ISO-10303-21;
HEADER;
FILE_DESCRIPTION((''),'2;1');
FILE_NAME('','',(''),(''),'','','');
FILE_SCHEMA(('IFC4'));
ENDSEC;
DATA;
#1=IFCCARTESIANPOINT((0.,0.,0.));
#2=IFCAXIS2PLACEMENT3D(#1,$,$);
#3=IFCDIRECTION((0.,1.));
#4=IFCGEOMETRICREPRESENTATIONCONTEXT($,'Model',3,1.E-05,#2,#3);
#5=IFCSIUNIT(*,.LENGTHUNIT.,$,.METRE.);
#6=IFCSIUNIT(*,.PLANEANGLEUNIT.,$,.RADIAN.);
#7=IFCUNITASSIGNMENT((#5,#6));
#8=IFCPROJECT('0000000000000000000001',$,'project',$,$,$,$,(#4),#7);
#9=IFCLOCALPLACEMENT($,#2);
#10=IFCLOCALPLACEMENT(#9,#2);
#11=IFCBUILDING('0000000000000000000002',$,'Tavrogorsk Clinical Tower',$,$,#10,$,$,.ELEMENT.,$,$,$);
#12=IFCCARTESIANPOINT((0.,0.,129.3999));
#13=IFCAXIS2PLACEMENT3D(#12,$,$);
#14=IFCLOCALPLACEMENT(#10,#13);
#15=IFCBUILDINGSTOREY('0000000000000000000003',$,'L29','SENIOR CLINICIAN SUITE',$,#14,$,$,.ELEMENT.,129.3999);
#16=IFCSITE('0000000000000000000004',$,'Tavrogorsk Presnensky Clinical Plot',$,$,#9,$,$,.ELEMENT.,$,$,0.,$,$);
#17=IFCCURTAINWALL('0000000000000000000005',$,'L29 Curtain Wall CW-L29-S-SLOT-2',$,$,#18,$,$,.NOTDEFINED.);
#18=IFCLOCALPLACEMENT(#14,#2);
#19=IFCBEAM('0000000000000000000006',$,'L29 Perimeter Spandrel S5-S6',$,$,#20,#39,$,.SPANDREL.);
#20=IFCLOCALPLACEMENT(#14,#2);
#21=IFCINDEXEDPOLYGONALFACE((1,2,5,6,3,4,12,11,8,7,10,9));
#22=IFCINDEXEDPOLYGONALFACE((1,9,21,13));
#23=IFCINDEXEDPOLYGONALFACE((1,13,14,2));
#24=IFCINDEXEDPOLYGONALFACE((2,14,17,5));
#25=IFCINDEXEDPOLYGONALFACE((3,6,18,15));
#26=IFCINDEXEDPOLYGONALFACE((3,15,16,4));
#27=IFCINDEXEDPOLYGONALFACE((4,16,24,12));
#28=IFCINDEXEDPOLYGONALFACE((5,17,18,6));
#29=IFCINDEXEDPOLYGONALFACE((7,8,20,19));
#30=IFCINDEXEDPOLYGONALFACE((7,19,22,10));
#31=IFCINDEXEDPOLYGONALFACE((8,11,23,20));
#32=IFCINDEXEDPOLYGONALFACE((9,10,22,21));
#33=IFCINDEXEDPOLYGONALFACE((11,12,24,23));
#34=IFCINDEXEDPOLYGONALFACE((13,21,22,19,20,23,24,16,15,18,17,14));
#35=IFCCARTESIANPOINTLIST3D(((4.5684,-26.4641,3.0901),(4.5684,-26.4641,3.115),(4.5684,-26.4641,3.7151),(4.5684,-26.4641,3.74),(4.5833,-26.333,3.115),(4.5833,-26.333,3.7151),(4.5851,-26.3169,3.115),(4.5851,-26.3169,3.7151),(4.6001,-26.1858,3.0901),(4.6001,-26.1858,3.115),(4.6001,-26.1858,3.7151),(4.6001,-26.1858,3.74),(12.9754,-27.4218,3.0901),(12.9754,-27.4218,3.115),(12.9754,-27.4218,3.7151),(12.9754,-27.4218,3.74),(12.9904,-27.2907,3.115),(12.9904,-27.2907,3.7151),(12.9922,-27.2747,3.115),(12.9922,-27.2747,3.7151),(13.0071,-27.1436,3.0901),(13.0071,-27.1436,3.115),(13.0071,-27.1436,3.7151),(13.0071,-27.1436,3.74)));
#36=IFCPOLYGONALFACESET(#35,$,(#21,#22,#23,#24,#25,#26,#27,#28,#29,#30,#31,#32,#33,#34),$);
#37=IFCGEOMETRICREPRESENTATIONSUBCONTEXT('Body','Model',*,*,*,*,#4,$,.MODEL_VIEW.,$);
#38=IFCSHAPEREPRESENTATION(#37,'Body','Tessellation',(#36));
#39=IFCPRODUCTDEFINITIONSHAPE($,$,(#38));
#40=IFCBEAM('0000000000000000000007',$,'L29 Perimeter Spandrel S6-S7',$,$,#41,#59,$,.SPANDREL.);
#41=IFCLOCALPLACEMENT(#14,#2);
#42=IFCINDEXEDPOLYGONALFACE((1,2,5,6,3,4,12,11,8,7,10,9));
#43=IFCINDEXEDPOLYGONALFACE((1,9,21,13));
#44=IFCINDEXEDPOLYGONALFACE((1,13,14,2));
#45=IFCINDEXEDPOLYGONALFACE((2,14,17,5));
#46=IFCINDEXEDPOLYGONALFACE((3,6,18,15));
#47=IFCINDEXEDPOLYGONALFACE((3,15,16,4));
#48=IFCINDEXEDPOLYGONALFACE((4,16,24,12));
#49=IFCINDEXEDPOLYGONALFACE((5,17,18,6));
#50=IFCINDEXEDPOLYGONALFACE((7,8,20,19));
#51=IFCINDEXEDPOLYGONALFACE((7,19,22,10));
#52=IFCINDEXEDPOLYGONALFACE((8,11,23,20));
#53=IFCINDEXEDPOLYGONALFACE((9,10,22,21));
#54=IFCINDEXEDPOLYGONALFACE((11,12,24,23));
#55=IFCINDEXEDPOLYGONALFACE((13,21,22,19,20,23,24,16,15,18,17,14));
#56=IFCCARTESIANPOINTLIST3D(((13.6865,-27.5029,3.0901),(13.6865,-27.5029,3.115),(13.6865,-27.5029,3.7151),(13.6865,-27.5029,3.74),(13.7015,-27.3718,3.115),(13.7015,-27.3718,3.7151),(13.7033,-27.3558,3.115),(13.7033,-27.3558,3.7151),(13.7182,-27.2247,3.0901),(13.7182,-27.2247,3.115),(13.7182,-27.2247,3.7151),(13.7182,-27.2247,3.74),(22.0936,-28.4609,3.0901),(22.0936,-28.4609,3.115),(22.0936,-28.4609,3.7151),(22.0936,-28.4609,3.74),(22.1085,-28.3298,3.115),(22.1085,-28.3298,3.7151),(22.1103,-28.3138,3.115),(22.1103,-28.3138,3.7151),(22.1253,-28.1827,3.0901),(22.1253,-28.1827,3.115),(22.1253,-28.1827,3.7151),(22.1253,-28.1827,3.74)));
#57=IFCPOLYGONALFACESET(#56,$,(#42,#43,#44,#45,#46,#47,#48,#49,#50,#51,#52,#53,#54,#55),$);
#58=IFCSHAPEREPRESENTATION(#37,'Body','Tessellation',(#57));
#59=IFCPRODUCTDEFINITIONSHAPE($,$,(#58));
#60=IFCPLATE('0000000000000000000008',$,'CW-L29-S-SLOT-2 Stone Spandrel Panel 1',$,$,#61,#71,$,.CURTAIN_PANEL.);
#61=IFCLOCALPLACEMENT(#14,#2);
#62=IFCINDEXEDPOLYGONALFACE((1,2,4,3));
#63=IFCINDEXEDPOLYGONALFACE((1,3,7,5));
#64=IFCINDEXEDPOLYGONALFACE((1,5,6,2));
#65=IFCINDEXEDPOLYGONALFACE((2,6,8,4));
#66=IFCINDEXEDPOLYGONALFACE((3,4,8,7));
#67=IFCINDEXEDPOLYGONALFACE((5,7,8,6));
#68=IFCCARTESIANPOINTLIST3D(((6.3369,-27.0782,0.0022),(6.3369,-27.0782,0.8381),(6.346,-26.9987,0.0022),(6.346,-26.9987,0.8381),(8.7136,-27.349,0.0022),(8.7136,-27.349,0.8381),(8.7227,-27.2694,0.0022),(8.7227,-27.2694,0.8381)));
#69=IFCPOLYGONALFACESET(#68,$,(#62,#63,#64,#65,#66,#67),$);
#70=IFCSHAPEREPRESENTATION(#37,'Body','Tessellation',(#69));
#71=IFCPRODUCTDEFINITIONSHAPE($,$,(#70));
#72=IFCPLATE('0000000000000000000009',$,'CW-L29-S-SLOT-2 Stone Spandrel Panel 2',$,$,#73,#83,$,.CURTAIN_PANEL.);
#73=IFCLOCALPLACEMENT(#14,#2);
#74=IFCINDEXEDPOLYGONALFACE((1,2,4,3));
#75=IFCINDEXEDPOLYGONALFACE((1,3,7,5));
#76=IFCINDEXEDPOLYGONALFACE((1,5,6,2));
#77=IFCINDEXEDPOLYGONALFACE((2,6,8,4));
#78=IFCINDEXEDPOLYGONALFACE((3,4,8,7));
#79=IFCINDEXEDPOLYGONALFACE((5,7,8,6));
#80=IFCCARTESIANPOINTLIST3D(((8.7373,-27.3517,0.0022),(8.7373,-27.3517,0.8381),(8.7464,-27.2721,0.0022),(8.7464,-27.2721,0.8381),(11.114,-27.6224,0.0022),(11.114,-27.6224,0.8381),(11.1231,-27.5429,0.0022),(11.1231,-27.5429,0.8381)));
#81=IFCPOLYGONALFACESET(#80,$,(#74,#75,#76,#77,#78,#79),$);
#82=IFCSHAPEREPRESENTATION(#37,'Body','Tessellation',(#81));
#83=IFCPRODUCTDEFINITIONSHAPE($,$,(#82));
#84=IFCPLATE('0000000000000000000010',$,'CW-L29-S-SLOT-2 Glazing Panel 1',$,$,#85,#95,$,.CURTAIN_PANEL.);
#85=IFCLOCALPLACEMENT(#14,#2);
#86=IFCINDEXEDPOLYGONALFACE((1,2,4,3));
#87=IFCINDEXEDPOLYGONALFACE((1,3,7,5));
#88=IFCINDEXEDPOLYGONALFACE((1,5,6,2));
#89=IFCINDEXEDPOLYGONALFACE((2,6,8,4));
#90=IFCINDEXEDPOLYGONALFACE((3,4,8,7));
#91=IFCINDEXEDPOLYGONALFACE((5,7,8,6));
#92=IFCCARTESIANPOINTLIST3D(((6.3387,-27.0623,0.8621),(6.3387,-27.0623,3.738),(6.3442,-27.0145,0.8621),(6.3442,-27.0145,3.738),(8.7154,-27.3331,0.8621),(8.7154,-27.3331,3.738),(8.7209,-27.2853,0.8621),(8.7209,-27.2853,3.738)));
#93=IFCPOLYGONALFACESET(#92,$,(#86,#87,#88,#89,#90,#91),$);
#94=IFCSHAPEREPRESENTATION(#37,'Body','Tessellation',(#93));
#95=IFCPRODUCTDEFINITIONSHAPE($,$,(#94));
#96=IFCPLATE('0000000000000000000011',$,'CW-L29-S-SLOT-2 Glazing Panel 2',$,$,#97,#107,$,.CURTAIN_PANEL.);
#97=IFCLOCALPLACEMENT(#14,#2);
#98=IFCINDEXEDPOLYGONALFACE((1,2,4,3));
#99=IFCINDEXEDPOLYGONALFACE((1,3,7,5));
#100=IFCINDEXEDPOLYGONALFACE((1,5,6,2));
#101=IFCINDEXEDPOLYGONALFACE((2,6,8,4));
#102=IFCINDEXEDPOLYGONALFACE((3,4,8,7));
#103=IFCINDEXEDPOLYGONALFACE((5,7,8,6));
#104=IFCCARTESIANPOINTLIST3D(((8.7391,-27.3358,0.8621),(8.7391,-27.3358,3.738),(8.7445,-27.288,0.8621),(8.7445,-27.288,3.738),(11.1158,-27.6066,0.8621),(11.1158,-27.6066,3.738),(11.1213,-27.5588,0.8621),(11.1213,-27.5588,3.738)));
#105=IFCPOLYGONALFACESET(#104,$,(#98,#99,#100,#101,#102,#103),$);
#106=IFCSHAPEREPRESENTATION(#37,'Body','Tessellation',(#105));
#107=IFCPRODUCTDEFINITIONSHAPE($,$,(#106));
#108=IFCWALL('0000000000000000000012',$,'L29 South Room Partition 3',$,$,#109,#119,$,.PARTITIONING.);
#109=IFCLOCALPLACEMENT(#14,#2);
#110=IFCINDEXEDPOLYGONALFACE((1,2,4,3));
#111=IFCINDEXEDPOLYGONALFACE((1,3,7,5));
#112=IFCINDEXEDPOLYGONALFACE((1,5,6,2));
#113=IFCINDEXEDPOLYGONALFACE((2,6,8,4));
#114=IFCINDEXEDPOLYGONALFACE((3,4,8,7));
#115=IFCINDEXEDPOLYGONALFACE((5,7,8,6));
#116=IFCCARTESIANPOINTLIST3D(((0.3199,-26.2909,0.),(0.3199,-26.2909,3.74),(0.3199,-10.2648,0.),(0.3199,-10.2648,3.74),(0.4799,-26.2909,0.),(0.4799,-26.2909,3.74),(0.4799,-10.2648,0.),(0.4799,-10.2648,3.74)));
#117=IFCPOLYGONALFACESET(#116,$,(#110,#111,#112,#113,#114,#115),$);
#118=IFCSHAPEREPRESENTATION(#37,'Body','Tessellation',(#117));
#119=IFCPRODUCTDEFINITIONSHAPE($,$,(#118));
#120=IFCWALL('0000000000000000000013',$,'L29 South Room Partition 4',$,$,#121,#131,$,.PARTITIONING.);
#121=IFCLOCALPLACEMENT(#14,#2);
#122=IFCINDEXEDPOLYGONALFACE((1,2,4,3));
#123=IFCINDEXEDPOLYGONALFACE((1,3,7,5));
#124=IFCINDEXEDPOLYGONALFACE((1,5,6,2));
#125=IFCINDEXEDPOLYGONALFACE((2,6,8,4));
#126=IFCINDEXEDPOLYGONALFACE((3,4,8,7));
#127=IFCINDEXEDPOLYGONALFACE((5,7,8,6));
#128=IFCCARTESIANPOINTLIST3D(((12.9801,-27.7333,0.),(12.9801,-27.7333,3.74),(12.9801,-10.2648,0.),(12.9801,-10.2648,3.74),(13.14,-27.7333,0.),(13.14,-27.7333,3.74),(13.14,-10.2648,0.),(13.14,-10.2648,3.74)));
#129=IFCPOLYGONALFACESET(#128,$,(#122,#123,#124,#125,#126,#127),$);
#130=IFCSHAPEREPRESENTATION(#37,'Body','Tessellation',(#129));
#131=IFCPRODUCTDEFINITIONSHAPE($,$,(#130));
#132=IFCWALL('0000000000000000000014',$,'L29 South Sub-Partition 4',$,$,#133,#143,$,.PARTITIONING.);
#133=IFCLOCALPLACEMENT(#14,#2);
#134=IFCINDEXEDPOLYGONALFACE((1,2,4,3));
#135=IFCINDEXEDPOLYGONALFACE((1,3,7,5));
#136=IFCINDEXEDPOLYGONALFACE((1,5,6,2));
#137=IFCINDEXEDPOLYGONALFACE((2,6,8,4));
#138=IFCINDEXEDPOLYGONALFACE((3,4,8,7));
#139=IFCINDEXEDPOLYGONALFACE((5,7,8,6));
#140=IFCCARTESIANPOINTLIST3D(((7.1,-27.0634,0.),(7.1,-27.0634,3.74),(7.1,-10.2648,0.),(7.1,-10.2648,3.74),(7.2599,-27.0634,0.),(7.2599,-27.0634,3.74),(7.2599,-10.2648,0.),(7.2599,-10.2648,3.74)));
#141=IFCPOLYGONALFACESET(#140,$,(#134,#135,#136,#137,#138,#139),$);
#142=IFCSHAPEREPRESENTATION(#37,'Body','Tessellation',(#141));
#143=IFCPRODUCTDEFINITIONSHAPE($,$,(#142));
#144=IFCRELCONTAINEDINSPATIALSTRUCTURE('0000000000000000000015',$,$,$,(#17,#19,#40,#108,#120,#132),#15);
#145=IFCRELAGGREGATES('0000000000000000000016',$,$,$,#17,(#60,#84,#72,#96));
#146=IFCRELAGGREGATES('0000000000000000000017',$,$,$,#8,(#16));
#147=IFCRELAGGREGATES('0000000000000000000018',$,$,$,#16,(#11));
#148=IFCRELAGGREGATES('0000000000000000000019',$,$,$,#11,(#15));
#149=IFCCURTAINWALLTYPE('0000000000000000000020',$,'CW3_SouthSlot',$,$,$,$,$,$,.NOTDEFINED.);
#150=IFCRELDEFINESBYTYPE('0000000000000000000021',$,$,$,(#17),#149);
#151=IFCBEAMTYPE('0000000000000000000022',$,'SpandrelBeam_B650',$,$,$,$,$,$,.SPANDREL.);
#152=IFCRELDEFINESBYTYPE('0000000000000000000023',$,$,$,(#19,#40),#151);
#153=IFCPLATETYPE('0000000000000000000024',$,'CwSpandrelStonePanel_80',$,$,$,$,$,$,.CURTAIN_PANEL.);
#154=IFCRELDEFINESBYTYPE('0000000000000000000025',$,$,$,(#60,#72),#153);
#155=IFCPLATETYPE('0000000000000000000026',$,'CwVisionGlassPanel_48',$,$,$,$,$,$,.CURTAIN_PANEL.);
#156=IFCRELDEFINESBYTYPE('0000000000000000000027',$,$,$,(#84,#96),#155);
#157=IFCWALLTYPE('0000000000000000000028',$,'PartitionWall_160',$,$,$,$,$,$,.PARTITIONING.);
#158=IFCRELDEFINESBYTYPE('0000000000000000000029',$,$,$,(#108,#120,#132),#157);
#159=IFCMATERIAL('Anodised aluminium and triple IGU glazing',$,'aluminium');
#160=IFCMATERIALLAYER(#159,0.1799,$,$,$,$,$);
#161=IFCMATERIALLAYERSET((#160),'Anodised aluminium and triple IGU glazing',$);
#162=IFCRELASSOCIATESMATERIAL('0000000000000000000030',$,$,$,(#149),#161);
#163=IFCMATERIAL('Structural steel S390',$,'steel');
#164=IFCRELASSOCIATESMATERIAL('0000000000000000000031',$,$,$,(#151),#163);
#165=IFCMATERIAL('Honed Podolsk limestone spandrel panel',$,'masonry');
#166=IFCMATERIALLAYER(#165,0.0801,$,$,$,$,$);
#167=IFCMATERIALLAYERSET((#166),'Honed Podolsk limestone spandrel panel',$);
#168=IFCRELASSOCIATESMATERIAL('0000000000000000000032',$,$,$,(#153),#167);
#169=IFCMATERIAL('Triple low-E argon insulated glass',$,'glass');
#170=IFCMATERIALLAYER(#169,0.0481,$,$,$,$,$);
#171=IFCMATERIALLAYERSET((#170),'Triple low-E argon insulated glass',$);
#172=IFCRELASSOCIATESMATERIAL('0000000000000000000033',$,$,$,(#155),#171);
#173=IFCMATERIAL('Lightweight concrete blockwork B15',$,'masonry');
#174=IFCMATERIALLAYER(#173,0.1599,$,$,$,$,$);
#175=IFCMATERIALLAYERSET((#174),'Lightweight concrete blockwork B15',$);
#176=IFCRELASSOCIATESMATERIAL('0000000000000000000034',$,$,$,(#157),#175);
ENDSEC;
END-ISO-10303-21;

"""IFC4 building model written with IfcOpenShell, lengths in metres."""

from ifc_helpers import new_model, si_unit, direction, frame, frame_2d, origin, origin_2d, place, context, subcontext, project, spatial, rectangle, i_section, extrude, material, layer, layer_set, material_profile, profile_set, type_object, element, aggregate, save


model = new_model("IFC4")

# Units and contexts
model_context = context("Model", 3, precision=1e-05, world=origin(), true_north=direction((0.0, 1.0)))
body_context = subcontext(model_context, "Body", "Model", "MODEL_VIEW")
ifc_project = project(units=[si_unit("LENGTHUNIT", "METRE"), si_unit("PLANEANGLEUNIT", "RADIAN")], contexts=[model_context])

# Site, building, storey
site_placement = place(None, origin())
site = spatial("IfcSite", under=ifc_project, at=site_placement, Name="Tavrogorsk Presnensky Clinical Plot", CompositionType="ELEMENT", RefElevation=0.0)
building_placement = place(site_placement, origin())
building = spatial("IfcBuilding", under=site, at=building_placement, Name="Tavrogorsk Clinical Tower", CompositionType="ELEMENT")
storey_placement = place(building_placement, frame((0.0, 0.0, 129.3999)))
storey = spatial("IfcBuildingStorey", under=building, at=storey_placement, Name="L29", Description="SENIOR CLINICIAN SUITE", CompositionType="ELEMENT", Elevation=129.3999)

# Curtain wall
ifc_material_1 = material(Name="Anodised aluminium and triple IGU glazing", Category="aluminium")
ifc_layer_1 = layer(ifc_material_1, 0.1799)
ifc_layer_set_1 = layer_set([ifc_layer_1], Name="Anodised aluminium and triple IGU glazing")
curtain_wall_type = type_object("IfcCurtainWallType", Name="CW3_SouthSlot", PredefinedType="NOTDEFINED", material=ifc_layer_set_1)
curtain_wall_placement = place(storey_placement, origin())
curtain_wall = element("IfcCurtainWall", 1, at=curtain_wall_placement, inside=storey, type_object=curtain_wall_type, Name="L29 Curtain Wall CW-L29-S-SLOT-2", PredefinedType="NOTDEFINED")

# Beams
ifc_material_2 = material(Name="Structural steel S390", Category="steel")
ifc_material_profile_1 = material_profile(ifc_material_2, i_section(OverallWidth=0.28, OverallDepth=0.6499, WebThickness=0.0161, FlangeThickness=0.0249, at=origin_2d()), Name="B-650x280x16x25")
ifc_profile_set_1 = profile_set([ifc_material_profile_1], Name="Structural steel S390")
beam_type = type_object("IfcBeamType", Name="SpandrelBeam_B650", PredefinedType="SPANDREL", material=ifc_profile_set_1)
for number, where, z_axis, x_axis, name in (
    (2, (4.5842, -26.325, 3.415), (0.993573, -0.113193, 0.0), (0.113193, 0.993573, 0.0), "L29 Perimeter Spandrel S5-S6"),
    (3, (13.7024, -27.3638, 3.415), (0.99357, -0.113221, 0.0), (0.113221, 0.99357, 0.0), "L29 Perimeter Spandrel S6-S7"),
):
    element("IfcBeam", number, at=place(storey_placement, frame(where, z_axis=z_axis, x_axis=x_axis)), inside=storey, type_object=beam_type, Name=name, PredefinedType="SPANDREL", context=body_context, shape_type="SweptSolid", body=[
        extrude(i_section(OverallWidth=0.28, OverallDepth=0.6499, WebThickness=0.0161, FlangeThickness=0.0249, at=origin_2d()), origin(), (0.0, 0.0, 1.0), 8.4614),
    ])

# Plates
ifc_material_3 = material(Name="Honed Podolsk limestone spandrel panel", Category="masonry")
ifc_layer_2 = layer(ifc_material_3, 0.0801)
ifc_layer_set_2 = layer_set([ifc_layer_2], Name="Honed Podolsk limestone spandrel panel")
plate_type_1 = type_object("IfcPlateType", Name="CwSpandrelStonePanel_80", PredefinedType="CURTAIN_PANEL", material=ifc_layer_set_2)
plate_1_placement = place(storey_placement, frame((7.5298, -27.1738, 0.0022), z_axis=(0.0, 0.0, 1.0), x_axis=(0.993572, -0.113203, 0.0)))
plate_1 = element("IfcPlate", 4, at=plate_1_placement, type_object=plate_type_1, Name="CW-L29-S-SLOT-2 Stone Spandrel Panel 1", PredefinedType="CURTAIN_PANEL", context=body_context, shape_type="SweptSolid", body=[
    extrude(rectangle(XDim=2.3921, YDim=0.0801, at=origin_2d()), origin(), (0.0, 0.0, 1.0), 0.8359),
])
plate_2_placement = place(storey_placement, frame((9.9302, -27.4473, 0.0022), z_axis=(0.0, 0.0, 1.0), x_axis=(0.993572, -0.113203, 0.0)))
plate_2 = element("IfcPlate", 5, at=plate_2_placement, type_object=plate_type_1, Name="CW-L29-S-SLOT-2 Stone Spandrel Panel 2", PredefinedType="CURTAIN_PANEL", context=body_context, shape_type="SweptSolid", body=[
    extrude(rectangle(XDim=2.3921, YDim=0.0801, at=origin_2d()), origin(), (0.0, 0.0, 1.0), 0.8359),
])
ifc_material_4 = material(Name="Triple low-E argon insulated glass", Category="glass")
ifc_layer_3 = layer(ifc_material_4, 0.0481)
ifc_layer_set_3 = layer_set([ifc_layer_3], Name="Triple low-E argon insulated glass")
plate_type_2 = type_object("IfcPlateType", Name="CwVisionGlassPanel_48", PredefinedType="CURTAIN_PANEL", material=ifc_layer_set_3)
plate_3_placement = place(storey_placement, frame((7.5298, -27.1738, 0.8621), z_axis=(0.0, 0.0, 1.0), x_axis=(0.993572, -0.113203, 0.0)))
plate_3 = element("IfcPlate", 6, at=plate_3_placement, type_object=plate_type_2, Name="CW-L29-S-SLOT-2 Glazing Panel 1", PredefinedType="CURTAIN_PANEL", context=body_context, shape_type="SweptSolid", body=[
    extrude(rectangle(XDim=2.3921, YDim=0.0481, at=origin_2d()), origin(), (0.0, 0.0, 1.0), 2.876),
])
plate_4_placement = place(storey_placement, frame((9.9302, -27.4473, 0.8621), z_axis=(0.0, 0.0, 1.0), x_axis=(0.993572, -0.113203, 0.0)))
plate_4 = element("IfcPlate", 7, at=plate_4_placement, type_object=plate_type_2, Name="CW-L29-S-SLOT-2 Glazing Panel 2", PredefinedType="CURTAIN_PANEL", context=body_context, shape_type="SweptSolid", body=[
    extrude(rectangle(XDim=2.3921, YDim=0.0481, at=origin_2d()), origin(), (0.0, 0.0, 1.0), 2.876),
])
aggregate(curtain_wall, [plate_1, plate_3, plate_2, plate_4])

# Walls
ifc_material_5 = material(Name="Lightweight concrete blockwork B15", Category="masonry")
ifc_layer_4 = layer(ifc_material_5, 0.1599)
ifc_layer_set_4 = layer_set([ifc_layer_4], Name="Lightweight concrete blockwork B15")
wall_type_1 = type_object("IfcWallType", Name="PartitionWall_160", PredefinedType="PARTITIONING", material=ifc_layer_set_4)
wall_1_placement = place(storey_placement, frame((0.3999, -26.291, 0.0), z_axis=(0.0, 0.0, 1.0), x_axis=(0.0, 1.0, 0.0)))
element("IfcWall", 8, at=wall_1_placement, inside=storey, type_object=wall_type_1, Name="L29 South Room Partition 3", PredefinedType="PARTITIONING", context=body_context, shape_type="SweptSolid", body=[
    extrude(rectangle(XDim=16.0261, YDim=0.1599, at=frame_2d((8.0132, 0.0))), origin(), (0.0, 0.0, 1.0), 3.74),
])
wall_2_placement = place(storey_placement, frame((13.0601, -27.7334, 0.0), z_axis=(0.0, 0.0, 1.0), x_axis=(0.0, 1.0, 0.0)))
element("IfcWall", 9, at=wall_2_placement, inside=storey, type_object=wall_type_1, Name="L29 South Room Partition 4", PredefinedType="PARTITIONING", context=body_context, shape_type="SweptSolid", body=[
    extrude(rectangle(XDim=17.4685, YDim=0.1599, at=frame_2d((8.7344, 0.0))), origin(), (0.0, 0.0, 1.0), 3.74),
])
wall_3_placement = place(storey_placement, frame((7.1799, -27.0635, 0.0), z_axis=(0.0, 0.0, 1.0), x_axis=(0.0, 1.0, 0.0)))
element("IfcWall", 10, at=wall_3_placement, inside=storey, type_object=wall_type_1, Name="L29 South Sub-Partition 4", PredefinedType="PARTITIONING", context=body_context, shape_type="SweptSolid", body=[
    extrude(rectangle(XDim=16.7986, YDim=0.1599, at=frame_2d((8.3994, 0.0))), origin(), (0.0, 0.0, 1.0), 3.74),
])

save(model, "model.ifc")
